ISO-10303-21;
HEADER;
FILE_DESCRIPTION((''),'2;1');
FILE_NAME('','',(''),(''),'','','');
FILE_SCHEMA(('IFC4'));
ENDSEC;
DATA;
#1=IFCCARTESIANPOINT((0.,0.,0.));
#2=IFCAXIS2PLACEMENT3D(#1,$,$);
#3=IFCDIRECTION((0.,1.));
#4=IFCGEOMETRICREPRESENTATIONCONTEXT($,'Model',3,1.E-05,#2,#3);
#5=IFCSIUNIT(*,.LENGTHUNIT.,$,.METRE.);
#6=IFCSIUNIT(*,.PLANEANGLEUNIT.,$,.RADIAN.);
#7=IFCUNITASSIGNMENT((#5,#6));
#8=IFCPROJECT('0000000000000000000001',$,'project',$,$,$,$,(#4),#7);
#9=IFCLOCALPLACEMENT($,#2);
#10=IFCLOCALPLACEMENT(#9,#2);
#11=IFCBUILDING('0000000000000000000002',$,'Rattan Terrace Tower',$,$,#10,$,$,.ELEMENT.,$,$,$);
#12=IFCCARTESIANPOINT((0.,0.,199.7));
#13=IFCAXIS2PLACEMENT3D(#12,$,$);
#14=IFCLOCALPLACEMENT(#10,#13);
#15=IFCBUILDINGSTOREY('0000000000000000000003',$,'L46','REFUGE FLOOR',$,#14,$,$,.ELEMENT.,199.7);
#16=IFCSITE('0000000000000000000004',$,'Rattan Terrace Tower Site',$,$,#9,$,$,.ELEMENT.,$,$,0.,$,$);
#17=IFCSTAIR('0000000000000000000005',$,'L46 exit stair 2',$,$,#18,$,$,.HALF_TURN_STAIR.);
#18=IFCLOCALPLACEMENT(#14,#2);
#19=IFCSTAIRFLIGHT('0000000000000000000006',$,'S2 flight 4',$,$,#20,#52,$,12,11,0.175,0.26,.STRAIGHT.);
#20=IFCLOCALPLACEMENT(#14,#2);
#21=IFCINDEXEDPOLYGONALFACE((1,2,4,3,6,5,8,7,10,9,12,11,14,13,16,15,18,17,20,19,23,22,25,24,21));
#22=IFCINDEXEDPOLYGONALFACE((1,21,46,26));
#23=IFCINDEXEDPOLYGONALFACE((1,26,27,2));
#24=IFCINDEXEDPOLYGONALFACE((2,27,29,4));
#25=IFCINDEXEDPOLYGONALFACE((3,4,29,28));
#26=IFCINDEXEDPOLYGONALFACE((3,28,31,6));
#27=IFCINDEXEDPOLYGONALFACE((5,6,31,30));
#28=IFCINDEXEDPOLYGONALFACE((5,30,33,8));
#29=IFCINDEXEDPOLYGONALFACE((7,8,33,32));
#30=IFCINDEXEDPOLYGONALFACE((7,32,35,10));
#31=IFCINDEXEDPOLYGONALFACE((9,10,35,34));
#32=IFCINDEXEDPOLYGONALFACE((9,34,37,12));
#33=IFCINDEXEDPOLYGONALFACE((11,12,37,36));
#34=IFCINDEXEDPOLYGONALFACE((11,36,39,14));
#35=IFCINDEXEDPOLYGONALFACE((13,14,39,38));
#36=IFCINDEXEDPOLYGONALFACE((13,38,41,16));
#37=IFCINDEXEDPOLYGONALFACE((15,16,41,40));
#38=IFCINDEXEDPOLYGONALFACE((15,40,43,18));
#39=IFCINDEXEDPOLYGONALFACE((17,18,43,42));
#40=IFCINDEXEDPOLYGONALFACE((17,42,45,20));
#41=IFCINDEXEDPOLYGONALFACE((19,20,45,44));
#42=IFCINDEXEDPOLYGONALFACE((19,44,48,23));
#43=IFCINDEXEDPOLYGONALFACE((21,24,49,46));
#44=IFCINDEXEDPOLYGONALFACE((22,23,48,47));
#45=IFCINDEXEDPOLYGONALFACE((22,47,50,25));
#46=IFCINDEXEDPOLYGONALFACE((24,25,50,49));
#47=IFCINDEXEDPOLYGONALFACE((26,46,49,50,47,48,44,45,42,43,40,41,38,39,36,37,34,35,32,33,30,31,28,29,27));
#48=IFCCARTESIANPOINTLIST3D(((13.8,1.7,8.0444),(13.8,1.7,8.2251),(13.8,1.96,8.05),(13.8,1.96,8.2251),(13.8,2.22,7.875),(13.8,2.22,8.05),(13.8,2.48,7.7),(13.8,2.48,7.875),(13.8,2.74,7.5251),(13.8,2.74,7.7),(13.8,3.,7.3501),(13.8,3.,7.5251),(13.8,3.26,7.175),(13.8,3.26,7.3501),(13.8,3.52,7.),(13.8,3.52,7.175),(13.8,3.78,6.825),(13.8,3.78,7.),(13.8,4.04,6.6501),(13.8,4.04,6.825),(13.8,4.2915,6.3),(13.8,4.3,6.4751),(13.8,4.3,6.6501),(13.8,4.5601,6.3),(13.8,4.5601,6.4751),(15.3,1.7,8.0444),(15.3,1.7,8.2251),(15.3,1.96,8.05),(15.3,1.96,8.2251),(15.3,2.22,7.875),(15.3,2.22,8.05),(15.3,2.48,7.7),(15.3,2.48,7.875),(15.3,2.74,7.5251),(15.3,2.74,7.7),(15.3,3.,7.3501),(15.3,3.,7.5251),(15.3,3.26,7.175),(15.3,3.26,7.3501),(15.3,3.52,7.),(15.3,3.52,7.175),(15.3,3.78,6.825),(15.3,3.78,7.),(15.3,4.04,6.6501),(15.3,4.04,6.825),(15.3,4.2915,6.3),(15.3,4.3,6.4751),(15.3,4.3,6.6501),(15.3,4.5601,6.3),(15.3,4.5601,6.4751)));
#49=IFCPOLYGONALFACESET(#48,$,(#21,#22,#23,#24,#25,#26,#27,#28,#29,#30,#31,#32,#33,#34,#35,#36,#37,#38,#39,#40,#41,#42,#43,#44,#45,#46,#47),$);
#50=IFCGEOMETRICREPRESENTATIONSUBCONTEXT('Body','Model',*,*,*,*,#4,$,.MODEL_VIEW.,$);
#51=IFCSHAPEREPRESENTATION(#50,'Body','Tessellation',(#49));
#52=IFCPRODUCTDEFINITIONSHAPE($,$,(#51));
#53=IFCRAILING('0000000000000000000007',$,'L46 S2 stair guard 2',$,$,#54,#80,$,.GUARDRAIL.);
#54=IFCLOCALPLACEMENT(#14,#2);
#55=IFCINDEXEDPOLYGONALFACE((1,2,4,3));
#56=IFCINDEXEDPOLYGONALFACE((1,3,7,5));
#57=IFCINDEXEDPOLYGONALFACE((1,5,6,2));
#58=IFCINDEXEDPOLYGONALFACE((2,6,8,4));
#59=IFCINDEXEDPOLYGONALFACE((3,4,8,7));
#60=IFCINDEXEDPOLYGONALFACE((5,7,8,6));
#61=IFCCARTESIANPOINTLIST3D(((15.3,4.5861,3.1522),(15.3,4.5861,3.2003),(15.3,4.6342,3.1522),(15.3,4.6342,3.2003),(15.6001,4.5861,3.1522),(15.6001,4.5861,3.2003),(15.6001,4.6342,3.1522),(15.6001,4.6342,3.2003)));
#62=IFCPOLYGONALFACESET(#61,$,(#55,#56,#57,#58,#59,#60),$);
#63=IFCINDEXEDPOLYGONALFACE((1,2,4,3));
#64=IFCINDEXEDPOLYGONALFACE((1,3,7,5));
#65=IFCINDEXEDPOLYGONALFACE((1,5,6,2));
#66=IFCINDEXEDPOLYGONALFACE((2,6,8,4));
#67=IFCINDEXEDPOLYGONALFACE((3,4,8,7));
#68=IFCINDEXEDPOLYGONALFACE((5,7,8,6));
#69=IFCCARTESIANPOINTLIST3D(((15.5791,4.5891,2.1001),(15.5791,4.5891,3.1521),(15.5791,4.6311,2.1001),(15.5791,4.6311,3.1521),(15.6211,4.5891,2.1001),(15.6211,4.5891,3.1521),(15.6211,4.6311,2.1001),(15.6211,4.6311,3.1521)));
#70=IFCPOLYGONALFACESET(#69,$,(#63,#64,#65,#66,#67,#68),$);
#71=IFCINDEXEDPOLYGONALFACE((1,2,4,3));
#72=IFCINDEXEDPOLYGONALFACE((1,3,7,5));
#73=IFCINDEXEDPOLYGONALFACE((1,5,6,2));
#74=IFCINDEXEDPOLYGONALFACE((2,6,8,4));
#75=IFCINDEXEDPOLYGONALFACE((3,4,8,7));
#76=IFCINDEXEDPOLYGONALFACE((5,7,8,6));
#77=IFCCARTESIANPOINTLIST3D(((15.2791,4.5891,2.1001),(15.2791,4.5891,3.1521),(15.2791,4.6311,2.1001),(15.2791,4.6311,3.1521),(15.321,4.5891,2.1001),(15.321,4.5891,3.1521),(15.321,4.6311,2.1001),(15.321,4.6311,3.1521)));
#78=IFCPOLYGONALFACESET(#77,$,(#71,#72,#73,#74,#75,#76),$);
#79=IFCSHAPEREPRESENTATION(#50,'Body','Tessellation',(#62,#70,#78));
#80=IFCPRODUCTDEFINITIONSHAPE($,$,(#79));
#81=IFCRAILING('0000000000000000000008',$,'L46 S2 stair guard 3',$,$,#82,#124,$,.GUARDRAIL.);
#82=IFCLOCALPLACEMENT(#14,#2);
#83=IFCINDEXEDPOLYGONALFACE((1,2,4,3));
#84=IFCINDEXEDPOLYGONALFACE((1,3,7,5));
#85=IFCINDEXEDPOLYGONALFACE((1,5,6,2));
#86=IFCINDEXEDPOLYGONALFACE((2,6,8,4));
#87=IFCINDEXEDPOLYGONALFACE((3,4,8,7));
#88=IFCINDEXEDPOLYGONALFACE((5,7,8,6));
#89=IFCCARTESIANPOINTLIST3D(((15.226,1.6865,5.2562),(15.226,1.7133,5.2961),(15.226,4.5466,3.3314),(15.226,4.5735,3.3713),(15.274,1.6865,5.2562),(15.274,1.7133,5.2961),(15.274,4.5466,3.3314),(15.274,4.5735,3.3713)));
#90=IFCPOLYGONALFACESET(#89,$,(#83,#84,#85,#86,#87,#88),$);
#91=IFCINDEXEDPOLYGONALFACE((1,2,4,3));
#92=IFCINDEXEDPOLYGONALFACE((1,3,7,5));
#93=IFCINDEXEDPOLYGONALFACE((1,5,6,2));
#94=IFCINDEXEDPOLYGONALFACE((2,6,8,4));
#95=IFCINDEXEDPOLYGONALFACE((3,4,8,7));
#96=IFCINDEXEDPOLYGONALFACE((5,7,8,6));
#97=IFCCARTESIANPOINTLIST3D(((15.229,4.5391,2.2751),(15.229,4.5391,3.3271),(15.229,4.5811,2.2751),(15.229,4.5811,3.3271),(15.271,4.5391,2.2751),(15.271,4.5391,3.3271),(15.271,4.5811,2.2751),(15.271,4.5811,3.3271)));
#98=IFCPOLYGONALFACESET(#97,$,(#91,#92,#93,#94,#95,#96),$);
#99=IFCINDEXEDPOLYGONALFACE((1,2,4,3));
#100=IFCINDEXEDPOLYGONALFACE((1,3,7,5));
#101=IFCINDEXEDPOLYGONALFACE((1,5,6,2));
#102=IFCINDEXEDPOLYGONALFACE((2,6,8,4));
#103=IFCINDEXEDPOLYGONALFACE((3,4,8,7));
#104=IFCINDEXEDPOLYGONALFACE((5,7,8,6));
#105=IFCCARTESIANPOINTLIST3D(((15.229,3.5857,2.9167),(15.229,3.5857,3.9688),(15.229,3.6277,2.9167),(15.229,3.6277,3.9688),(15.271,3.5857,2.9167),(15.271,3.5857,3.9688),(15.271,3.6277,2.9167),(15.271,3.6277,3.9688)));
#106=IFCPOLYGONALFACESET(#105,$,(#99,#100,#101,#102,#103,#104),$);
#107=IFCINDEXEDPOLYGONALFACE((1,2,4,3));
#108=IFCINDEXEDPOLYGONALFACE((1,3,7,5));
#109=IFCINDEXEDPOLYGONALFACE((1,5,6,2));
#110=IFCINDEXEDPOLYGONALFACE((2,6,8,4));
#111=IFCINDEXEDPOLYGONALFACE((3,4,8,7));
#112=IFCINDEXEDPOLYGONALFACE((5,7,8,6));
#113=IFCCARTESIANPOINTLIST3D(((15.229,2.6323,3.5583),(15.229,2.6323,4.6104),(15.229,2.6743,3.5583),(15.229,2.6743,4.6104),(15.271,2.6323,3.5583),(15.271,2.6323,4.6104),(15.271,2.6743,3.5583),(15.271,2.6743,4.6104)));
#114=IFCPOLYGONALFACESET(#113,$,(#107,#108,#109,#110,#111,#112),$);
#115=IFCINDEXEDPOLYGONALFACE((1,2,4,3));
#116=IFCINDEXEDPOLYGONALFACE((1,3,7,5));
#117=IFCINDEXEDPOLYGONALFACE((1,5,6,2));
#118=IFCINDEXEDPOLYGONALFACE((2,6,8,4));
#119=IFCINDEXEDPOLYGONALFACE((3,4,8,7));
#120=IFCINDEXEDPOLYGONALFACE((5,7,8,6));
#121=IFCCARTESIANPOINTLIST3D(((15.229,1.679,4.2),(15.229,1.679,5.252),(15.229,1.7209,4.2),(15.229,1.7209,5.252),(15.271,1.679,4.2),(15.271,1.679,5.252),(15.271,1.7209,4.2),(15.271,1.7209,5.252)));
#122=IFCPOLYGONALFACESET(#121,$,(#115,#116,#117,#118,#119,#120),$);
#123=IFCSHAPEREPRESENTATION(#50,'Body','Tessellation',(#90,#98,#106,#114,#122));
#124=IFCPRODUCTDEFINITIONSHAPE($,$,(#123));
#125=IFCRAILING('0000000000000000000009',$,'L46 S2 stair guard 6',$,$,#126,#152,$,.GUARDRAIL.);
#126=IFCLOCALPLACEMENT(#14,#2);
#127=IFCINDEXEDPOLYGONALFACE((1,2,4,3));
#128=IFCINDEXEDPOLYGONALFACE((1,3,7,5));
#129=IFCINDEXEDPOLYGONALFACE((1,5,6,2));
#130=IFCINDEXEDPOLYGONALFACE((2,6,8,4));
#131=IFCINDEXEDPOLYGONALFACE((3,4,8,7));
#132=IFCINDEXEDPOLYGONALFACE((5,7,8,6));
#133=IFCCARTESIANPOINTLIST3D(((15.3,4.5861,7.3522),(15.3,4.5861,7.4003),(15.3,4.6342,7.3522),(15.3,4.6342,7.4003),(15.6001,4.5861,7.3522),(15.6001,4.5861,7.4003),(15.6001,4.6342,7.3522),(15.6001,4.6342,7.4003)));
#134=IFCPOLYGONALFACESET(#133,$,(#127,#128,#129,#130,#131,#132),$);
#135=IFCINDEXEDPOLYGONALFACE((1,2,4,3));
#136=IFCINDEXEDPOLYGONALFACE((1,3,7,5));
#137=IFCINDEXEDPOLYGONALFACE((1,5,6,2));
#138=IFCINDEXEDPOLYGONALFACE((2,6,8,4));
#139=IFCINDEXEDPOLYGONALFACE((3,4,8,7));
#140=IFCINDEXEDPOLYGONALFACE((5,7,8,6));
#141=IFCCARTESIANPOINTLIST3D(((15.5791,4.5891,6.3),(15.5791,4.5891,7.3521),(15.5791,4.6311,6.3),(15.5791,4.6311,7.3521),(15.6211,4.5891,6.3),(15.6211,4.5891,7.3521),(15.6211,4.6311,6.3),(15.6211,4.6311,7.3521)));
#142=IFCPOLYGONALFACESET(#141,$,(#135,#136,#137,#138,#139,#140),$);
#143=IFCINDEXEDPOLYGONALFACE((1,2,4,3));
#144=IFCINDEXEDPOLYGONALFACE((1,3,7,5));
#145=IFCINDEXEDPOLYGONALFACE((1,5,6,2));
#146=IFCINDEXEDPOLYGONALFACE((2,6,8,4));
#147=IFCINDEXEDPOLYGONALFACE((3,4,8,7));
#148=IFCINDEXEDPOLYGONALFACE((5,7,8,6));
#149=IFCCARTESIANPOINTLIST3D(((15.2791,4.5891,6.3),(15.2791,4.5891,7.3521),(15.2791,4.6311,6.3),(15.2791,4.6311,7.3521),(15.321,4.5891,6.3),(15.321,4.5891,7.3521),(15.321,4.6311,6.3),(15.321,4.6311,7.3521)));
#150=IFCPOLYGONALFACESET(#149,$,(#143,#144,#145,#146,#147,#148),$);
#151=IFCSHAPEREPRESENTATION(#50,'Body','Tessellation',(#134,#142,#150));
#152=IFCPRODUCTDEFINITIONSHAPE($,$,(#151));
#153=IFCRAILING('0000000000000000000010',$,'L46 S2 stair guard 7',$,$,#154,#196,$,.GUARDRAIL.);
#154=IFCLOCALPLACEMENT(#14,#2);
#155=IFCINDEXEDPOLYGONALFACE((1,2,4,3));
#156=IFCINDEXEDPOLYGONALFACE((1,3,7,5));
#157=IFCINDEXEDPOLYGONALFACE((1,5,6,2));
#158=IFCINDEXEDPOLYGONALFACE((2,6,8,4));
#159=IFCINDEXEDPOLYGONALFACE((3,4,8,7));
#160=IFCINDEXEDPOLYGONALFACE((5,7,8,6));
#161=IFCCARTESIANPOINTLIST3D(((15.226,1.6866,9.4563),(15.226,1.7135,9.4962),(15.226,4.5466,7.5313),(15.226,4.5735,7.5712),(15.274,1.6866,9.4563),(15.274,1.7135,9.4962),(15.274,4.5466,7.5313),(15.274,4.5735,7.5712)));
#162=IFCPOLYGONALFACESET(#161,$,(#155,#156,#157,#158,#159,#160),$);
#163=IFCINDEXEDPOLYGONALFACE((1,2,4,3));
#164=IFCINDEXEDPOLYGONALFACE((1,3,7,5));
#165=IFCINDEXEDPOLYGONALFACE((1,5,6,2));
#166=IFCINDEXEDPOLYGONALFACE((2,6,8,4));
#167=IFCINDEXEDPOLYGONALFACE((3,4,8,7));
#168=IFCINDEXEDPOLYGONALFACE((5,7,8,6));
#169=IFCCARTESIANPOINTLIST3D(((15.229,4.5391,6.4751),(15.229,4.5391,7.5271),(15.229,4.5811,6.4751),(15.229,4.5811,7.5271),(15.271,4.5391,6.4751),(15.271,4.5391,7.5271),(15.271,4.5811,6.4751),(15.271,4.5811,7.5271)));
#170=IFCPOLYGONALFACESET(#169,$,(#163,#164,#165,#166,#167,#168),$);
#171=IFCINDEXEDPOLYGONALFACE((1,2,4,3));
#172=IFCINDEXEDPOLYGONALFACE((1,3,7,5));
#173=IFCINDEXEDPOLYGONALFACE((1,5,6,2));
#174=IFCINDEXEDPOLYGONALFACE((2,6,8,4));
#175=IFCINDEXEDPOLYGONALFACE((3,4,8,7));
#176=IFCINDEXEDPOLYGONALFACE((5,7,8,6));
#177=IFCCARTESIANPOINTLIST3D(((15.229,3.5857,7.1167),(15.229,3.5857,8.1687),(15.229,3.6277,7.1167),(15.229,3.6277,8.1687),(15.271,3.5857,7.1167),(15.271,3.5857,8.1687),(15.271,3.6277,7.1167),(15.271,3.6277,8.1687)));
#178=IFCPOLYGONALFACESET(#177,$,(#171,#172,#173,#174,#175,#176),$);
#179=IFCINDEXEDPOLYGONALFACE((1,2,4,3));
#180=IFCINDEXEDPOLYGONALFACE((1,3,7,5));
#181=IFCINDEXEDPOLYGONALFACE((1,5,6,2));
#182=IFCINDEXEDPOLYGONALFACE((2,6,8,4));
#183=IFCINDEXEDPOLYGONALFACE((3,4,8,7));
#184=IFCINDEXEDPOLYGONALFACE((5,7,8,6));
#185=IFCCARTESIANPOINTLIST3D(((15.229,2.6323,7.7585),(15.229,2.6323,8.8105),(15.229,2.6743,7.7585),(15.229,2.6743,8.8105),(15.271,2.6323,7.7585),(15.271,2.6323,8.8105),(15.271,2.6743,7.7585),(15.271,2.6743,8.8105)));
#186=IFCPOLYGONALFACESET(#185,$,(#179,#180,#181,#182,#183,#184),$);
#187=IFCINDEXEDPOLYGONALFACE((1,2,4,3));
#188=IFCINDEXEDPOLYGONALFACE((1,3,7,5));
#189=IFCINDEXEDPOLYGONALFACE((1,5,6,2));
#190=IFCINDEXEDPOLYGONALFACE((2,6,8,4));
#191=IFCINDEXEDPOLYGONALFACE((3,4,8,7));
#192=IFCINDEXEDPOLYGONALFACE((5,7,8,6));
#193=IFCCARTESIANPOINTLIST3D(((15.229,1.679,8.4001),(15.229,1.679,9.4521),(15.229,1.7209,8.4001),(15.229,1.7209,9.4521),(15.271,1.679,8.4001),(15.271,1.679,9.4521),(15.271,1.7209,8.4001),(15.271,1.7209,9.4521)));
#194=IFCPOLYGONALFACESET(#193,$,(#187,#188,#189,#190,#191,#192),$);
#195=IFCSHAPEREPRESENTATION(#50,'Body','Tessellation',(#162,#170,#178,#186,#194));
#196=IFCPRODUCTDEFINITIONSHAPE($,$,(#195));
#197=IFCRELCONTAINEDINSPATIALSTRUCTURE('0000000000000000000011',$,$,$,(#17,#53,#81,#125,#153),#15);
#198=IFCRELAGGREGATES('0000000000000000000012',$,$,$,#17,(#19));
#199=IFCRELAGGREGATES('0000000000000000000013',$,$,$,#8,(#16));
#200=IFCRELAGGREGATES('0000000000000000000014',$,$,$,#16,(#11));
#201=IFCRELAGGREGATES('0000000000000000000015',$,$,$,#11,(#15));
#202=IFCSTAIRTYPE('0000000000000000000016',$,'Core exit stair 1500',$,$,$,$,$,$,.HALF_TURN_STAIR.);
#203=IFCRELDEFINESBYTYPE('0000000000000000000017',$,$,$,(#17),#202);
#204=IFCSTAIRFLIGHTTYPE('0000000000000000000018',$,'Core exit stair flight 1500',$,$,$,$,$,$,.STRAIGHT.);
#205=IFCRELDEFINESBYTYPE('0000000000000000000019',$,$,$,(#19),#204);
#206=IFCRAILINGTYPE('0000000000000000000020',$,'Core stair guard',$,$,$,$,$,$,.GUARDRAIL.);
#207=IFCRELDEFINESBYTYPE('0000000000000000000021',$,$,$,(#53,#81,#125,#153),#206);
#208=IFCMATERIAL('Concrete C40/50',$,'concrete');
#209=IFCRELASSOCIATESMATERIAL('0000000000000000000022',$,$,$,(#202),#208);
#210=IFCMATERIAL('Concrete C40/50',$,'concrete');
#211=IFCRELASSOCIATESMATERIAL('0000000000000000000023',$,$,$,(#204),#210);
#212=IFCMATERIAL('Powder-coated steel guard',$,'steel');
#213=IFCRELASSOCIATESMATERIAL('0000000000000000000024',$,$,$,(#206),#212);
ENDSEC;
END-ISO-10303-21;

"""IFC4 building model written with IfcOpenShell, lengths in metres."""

from ifc_helpers import new_model, si_unit, direction, frame, origin, origin_2d, place, context, subcontext, project, spatial, polyline, rectangle, outline, extrude, material, type_object, element, aggregate, save


model = new_model("IFC4")

# Units and contexts
model_context = context("Model", 3, precision=1e-05, world=origin(), true_north=direction((0.0, 1.0)))
body_context = subcontext(model_context, "Body", "Model", "MODEL_VIEW")
ifc_project = project(units=[si_unit("LENGTHUNIT", "METRE"), si_unit("PLANEANGLEUNIT", "RADIAN")], contexts=[model_context])

# Site, building, storey
site_placement = place(None, origin())
site = spatial("IfcSite", under=ifc_project, at=site_placement, Name="Rattan Terrace Tower Site", CompositionType="ELEMENT", RefElevation=0.0)
building_placement = place(site_placement, origin())
building = spatial("IfcBuilding", under=site, at=building_placement, Name="Rattan Terrace Tower", CompositionType="ELEMENT")
storey_placement = place(building_placement, frame((0.0, 0.0, 199.7)))
storey = spatial("IfcBuildingStorey", under=building, at=storey_placement, Name="L46", Description="REFUGE FLOOR", CompositionType="ELEMENT", Elevation=199.7)

# Stair, stair flight
ifc_material_1 = material(Name="Concrete C40/50", Category="concrete")
stair_type = type_object("IfcStairType", Name="Core exit stair 1500", PredefinedType="HALF_TURN_STAIR", material=ifc_material_1)
stair_placement = place(storey_placement, origin())
stair = element("IfcStair", 1, at=stair_placement, inside=storey, type_object=stair_type, Name="L46 exit stair 2", PredefinedType="HALF_TURN_STAIR")
ifc_material_2 = material(Name="Concrete C40/50", Category="concrete")
stair_flight_type = type_object("IfcStairFlightType", Name="Core exit stair flight 1500", PredefinedType="STRAIGHT", material=ifc_material_2)
stair_flight_1_placement = place(storey_placement, frame((14.55, 4.5601, 6.3), z_axis=(0.0, 0.0, 1.0), x_axis=(0.0, -1.0, 0.0)))
stair_flight_1 = element("IfcStairFlight", 2, at=stair_flight_1_placement, type_object=stair_flight_type, Name="S2 flight 4", NumberOfRisers=12, NumberOfTreads=11, PredefinedType="STRAIGHT", RiserHeight=0.175, TreadLength=0.26, context=body_context, shape_type="SweptSolid", body=[
    extrude(outline(polyline([(0.0, 0.0), (0.0, 0.175), (0.26, 0.175), (0.26, 0.3501), (0.52, 0.3501), (0.52, 0.5249), (0.78, 0.5249), (0.78, 0.7), (1.04, 0.7), (1.04, 0.875), (1.3, 0.875), (1.3, 1.05), (1.5601, 1.05), (1.5601, 1.2251), (1.8201, 1.2251), (1.8201, 1.3999), (2.0801, 1.3999), (2.0801, 1.575), (2.3401, 1.575), (2.3401, 1.75), (2.6001, 1.75), (2.6001, 1.925), (2.8601, 1.925), (2.8601, 2.1001), (2.8601, 1.7444), (0.2686, 0.0), (0.0, 0.0)])), frame((0.0, 0.75, 0.0), z_axis=(0.0, -1.0, 0.0), x_axis=(1.0, 0.0, 0.0)), (0.0, 0.0, 1.0), 1.5),
])
aggregate(stair, [stair_flight_1])

# Railings
ifc_material_3 = material(Name="Powder-coated steel guard", Category="steel")
railing_type_1 = type_object("IfcRailingType", Name="Core stair guard", PredefinedType="GUARDRAIL", material=ifc_material_3)
railing_1_placement = place(storey_placement, frame((15.6001, 4.6101, 2.1001)))
element("IfcRailing", 3, at=railing_1_placement, inside=storey, type_object=railing_type_1, Name="L46 S2 stair guard 2", PredefinedType="GUARDRAIL", context=body_context, shape_type="SweptSolid", body=[
    extrude(rectangle(XDim=0.0481, YDim=0.0481, at=origin_2d()), frame((0.0, 0.0, 1.0762), z_axis=(-1.0, 0.0, 0.0), x_axis=(0.0, -1.0, 0.0)), (0.0, 0.0, 1.0), 0.3),
    extrude(rectangle(XDim=0.042, YDim=0.042, at=origin_2d()), origin(), (0.0, 0.0, 1.0), 1.052),
    extrude(rectangle(XDim=0.042, YDim=0.042, at=origin_2d()), frame((-0.3, 0.0, 0.0)), (0.0, 0.0, 1.0), 1.052),
])
railing_2_placement = place(storey_placement, frame((15.25, 4.5601, 2.2751)))
element("IfcRailing", 4, at=railing_2_placement, inside=storey, type_object=railing_type_1, Name="L46 S2 stair guard 3", PredefinedType="GUARDRAIL", context=body_context, shape_type="SweptSolid", body=[
    extrude(rectangle(XDim=0.0481, YDim=0.0481, at=origin_2d()), frame((0.0, 0.0, 1.0762), z_axis=(0.0, -0.829624, 0.558323), x_axis=(1.0, 0.0, 0.0)), (0.0, 0.0, 1.0), 3.4475),
    extrude(rectangle(XDim=0.042, YDim=0.042, at=origin_2d()), origin(), (0.0, 0.0, 1.0), 1.052),
    extrude(rectangle(XDim=0.042, YDim=0.042, at=origin_2d()), frame((0.0, -0.9534, 0.6416)), (0.0, 0.0, 1.0), 1.052),
    extrude(rectangle(XDim=0.042, YDim=0.042, at=origin_2d()), frame((0.0, -1.9067, 1.2832)), (0.0, 0.0, 1.0), 1.052),
    extrude(rectangle(XDim=0.042, YDim=0.042, at=origin_2d()), frame((0.0, -2.8601, 1.9248)), (0.0, 0.0, 1.0), 1.052),
])
railing_3_placement = place(storey_placement, frame((15.6001, 4.6101, 6.3)))
element("IfcRailing", 5, at=railing_3_placement, inside=storey, type_object=railing_type_1, Name="L46 S2 stair guard 6", PredefinedType="GUARDRAIL", context=body_context, shape_type="SweptSolid", body=[
    extrude(rectangle(XDim=0.0481, YDim=0.0481, at=origin_2d()), frame((0.0, 0.0, 1.0762), z_axis=(-1.0, 0.0, 0.0), x_axis=(0.0, -1.0, 0.0)), (0.0, 0.0, 1.0), 0.3),
    extrude(rectangle(XDim=0.042, YDim=0.042, at=origin_2d()), origin(), (0.0, 0.0, 1.0), 1.052),
    extrude(rectangle(XDim=0.042, YDim=0.042, at=origin_2d()), frame((-0.3, 0.0, 0.0)), (0.0, 0.0, 1.0), 1.052),
])
railing_4_placement = place(storey_placement, frame((15.25, 4.5601, 6.4751)))
element("IfcRailing", 6, at=railing_4_placement, inside=storey, type_object=railing_type_1, Name="L46 S2 stair guard 7", PredefinedType="GUARDRAIL", context=body_context, shape_type="SweptSolid", body=[
    extrude(rectangle(XDim=0.0481, YDim=0.0481, at=origin_2d()), frame((0.0, 0.0, 1.0762), z_axis=(0.0, -0.829591, 0.558372), x_axis=(1.0, 0.0, 0.0)), (0.0, 0.0, 1.0), 3.4475),
    extrude(rectangle(XDim=0.042, YDim=0.042, at=origin_2d()), origin(), (0.0, 0.0, 1.0), 1.052),
    extrude(rectangle(XDim=0.042, YDim=0.042, at=origin_2d()), frame((0.0, -0.9534, 0.6416)), (0.0, 0.0, 1.0), 1.052),
    extrude(rectangle(XDim=0.042, YDim=0.042, at=origin_2d()), frame((0.0, -1.9067, 1.2834)), (0.0, 0.0, 1.0), 1.052),
    extrude(rectangle(XDim=0.042, YDim=0.042, at=origin_2d()), frame((0.0, -2.8601, 1.925)), (0.0, 0.0, 1.0), 1.052),
])

save(model, "model.ifc")
